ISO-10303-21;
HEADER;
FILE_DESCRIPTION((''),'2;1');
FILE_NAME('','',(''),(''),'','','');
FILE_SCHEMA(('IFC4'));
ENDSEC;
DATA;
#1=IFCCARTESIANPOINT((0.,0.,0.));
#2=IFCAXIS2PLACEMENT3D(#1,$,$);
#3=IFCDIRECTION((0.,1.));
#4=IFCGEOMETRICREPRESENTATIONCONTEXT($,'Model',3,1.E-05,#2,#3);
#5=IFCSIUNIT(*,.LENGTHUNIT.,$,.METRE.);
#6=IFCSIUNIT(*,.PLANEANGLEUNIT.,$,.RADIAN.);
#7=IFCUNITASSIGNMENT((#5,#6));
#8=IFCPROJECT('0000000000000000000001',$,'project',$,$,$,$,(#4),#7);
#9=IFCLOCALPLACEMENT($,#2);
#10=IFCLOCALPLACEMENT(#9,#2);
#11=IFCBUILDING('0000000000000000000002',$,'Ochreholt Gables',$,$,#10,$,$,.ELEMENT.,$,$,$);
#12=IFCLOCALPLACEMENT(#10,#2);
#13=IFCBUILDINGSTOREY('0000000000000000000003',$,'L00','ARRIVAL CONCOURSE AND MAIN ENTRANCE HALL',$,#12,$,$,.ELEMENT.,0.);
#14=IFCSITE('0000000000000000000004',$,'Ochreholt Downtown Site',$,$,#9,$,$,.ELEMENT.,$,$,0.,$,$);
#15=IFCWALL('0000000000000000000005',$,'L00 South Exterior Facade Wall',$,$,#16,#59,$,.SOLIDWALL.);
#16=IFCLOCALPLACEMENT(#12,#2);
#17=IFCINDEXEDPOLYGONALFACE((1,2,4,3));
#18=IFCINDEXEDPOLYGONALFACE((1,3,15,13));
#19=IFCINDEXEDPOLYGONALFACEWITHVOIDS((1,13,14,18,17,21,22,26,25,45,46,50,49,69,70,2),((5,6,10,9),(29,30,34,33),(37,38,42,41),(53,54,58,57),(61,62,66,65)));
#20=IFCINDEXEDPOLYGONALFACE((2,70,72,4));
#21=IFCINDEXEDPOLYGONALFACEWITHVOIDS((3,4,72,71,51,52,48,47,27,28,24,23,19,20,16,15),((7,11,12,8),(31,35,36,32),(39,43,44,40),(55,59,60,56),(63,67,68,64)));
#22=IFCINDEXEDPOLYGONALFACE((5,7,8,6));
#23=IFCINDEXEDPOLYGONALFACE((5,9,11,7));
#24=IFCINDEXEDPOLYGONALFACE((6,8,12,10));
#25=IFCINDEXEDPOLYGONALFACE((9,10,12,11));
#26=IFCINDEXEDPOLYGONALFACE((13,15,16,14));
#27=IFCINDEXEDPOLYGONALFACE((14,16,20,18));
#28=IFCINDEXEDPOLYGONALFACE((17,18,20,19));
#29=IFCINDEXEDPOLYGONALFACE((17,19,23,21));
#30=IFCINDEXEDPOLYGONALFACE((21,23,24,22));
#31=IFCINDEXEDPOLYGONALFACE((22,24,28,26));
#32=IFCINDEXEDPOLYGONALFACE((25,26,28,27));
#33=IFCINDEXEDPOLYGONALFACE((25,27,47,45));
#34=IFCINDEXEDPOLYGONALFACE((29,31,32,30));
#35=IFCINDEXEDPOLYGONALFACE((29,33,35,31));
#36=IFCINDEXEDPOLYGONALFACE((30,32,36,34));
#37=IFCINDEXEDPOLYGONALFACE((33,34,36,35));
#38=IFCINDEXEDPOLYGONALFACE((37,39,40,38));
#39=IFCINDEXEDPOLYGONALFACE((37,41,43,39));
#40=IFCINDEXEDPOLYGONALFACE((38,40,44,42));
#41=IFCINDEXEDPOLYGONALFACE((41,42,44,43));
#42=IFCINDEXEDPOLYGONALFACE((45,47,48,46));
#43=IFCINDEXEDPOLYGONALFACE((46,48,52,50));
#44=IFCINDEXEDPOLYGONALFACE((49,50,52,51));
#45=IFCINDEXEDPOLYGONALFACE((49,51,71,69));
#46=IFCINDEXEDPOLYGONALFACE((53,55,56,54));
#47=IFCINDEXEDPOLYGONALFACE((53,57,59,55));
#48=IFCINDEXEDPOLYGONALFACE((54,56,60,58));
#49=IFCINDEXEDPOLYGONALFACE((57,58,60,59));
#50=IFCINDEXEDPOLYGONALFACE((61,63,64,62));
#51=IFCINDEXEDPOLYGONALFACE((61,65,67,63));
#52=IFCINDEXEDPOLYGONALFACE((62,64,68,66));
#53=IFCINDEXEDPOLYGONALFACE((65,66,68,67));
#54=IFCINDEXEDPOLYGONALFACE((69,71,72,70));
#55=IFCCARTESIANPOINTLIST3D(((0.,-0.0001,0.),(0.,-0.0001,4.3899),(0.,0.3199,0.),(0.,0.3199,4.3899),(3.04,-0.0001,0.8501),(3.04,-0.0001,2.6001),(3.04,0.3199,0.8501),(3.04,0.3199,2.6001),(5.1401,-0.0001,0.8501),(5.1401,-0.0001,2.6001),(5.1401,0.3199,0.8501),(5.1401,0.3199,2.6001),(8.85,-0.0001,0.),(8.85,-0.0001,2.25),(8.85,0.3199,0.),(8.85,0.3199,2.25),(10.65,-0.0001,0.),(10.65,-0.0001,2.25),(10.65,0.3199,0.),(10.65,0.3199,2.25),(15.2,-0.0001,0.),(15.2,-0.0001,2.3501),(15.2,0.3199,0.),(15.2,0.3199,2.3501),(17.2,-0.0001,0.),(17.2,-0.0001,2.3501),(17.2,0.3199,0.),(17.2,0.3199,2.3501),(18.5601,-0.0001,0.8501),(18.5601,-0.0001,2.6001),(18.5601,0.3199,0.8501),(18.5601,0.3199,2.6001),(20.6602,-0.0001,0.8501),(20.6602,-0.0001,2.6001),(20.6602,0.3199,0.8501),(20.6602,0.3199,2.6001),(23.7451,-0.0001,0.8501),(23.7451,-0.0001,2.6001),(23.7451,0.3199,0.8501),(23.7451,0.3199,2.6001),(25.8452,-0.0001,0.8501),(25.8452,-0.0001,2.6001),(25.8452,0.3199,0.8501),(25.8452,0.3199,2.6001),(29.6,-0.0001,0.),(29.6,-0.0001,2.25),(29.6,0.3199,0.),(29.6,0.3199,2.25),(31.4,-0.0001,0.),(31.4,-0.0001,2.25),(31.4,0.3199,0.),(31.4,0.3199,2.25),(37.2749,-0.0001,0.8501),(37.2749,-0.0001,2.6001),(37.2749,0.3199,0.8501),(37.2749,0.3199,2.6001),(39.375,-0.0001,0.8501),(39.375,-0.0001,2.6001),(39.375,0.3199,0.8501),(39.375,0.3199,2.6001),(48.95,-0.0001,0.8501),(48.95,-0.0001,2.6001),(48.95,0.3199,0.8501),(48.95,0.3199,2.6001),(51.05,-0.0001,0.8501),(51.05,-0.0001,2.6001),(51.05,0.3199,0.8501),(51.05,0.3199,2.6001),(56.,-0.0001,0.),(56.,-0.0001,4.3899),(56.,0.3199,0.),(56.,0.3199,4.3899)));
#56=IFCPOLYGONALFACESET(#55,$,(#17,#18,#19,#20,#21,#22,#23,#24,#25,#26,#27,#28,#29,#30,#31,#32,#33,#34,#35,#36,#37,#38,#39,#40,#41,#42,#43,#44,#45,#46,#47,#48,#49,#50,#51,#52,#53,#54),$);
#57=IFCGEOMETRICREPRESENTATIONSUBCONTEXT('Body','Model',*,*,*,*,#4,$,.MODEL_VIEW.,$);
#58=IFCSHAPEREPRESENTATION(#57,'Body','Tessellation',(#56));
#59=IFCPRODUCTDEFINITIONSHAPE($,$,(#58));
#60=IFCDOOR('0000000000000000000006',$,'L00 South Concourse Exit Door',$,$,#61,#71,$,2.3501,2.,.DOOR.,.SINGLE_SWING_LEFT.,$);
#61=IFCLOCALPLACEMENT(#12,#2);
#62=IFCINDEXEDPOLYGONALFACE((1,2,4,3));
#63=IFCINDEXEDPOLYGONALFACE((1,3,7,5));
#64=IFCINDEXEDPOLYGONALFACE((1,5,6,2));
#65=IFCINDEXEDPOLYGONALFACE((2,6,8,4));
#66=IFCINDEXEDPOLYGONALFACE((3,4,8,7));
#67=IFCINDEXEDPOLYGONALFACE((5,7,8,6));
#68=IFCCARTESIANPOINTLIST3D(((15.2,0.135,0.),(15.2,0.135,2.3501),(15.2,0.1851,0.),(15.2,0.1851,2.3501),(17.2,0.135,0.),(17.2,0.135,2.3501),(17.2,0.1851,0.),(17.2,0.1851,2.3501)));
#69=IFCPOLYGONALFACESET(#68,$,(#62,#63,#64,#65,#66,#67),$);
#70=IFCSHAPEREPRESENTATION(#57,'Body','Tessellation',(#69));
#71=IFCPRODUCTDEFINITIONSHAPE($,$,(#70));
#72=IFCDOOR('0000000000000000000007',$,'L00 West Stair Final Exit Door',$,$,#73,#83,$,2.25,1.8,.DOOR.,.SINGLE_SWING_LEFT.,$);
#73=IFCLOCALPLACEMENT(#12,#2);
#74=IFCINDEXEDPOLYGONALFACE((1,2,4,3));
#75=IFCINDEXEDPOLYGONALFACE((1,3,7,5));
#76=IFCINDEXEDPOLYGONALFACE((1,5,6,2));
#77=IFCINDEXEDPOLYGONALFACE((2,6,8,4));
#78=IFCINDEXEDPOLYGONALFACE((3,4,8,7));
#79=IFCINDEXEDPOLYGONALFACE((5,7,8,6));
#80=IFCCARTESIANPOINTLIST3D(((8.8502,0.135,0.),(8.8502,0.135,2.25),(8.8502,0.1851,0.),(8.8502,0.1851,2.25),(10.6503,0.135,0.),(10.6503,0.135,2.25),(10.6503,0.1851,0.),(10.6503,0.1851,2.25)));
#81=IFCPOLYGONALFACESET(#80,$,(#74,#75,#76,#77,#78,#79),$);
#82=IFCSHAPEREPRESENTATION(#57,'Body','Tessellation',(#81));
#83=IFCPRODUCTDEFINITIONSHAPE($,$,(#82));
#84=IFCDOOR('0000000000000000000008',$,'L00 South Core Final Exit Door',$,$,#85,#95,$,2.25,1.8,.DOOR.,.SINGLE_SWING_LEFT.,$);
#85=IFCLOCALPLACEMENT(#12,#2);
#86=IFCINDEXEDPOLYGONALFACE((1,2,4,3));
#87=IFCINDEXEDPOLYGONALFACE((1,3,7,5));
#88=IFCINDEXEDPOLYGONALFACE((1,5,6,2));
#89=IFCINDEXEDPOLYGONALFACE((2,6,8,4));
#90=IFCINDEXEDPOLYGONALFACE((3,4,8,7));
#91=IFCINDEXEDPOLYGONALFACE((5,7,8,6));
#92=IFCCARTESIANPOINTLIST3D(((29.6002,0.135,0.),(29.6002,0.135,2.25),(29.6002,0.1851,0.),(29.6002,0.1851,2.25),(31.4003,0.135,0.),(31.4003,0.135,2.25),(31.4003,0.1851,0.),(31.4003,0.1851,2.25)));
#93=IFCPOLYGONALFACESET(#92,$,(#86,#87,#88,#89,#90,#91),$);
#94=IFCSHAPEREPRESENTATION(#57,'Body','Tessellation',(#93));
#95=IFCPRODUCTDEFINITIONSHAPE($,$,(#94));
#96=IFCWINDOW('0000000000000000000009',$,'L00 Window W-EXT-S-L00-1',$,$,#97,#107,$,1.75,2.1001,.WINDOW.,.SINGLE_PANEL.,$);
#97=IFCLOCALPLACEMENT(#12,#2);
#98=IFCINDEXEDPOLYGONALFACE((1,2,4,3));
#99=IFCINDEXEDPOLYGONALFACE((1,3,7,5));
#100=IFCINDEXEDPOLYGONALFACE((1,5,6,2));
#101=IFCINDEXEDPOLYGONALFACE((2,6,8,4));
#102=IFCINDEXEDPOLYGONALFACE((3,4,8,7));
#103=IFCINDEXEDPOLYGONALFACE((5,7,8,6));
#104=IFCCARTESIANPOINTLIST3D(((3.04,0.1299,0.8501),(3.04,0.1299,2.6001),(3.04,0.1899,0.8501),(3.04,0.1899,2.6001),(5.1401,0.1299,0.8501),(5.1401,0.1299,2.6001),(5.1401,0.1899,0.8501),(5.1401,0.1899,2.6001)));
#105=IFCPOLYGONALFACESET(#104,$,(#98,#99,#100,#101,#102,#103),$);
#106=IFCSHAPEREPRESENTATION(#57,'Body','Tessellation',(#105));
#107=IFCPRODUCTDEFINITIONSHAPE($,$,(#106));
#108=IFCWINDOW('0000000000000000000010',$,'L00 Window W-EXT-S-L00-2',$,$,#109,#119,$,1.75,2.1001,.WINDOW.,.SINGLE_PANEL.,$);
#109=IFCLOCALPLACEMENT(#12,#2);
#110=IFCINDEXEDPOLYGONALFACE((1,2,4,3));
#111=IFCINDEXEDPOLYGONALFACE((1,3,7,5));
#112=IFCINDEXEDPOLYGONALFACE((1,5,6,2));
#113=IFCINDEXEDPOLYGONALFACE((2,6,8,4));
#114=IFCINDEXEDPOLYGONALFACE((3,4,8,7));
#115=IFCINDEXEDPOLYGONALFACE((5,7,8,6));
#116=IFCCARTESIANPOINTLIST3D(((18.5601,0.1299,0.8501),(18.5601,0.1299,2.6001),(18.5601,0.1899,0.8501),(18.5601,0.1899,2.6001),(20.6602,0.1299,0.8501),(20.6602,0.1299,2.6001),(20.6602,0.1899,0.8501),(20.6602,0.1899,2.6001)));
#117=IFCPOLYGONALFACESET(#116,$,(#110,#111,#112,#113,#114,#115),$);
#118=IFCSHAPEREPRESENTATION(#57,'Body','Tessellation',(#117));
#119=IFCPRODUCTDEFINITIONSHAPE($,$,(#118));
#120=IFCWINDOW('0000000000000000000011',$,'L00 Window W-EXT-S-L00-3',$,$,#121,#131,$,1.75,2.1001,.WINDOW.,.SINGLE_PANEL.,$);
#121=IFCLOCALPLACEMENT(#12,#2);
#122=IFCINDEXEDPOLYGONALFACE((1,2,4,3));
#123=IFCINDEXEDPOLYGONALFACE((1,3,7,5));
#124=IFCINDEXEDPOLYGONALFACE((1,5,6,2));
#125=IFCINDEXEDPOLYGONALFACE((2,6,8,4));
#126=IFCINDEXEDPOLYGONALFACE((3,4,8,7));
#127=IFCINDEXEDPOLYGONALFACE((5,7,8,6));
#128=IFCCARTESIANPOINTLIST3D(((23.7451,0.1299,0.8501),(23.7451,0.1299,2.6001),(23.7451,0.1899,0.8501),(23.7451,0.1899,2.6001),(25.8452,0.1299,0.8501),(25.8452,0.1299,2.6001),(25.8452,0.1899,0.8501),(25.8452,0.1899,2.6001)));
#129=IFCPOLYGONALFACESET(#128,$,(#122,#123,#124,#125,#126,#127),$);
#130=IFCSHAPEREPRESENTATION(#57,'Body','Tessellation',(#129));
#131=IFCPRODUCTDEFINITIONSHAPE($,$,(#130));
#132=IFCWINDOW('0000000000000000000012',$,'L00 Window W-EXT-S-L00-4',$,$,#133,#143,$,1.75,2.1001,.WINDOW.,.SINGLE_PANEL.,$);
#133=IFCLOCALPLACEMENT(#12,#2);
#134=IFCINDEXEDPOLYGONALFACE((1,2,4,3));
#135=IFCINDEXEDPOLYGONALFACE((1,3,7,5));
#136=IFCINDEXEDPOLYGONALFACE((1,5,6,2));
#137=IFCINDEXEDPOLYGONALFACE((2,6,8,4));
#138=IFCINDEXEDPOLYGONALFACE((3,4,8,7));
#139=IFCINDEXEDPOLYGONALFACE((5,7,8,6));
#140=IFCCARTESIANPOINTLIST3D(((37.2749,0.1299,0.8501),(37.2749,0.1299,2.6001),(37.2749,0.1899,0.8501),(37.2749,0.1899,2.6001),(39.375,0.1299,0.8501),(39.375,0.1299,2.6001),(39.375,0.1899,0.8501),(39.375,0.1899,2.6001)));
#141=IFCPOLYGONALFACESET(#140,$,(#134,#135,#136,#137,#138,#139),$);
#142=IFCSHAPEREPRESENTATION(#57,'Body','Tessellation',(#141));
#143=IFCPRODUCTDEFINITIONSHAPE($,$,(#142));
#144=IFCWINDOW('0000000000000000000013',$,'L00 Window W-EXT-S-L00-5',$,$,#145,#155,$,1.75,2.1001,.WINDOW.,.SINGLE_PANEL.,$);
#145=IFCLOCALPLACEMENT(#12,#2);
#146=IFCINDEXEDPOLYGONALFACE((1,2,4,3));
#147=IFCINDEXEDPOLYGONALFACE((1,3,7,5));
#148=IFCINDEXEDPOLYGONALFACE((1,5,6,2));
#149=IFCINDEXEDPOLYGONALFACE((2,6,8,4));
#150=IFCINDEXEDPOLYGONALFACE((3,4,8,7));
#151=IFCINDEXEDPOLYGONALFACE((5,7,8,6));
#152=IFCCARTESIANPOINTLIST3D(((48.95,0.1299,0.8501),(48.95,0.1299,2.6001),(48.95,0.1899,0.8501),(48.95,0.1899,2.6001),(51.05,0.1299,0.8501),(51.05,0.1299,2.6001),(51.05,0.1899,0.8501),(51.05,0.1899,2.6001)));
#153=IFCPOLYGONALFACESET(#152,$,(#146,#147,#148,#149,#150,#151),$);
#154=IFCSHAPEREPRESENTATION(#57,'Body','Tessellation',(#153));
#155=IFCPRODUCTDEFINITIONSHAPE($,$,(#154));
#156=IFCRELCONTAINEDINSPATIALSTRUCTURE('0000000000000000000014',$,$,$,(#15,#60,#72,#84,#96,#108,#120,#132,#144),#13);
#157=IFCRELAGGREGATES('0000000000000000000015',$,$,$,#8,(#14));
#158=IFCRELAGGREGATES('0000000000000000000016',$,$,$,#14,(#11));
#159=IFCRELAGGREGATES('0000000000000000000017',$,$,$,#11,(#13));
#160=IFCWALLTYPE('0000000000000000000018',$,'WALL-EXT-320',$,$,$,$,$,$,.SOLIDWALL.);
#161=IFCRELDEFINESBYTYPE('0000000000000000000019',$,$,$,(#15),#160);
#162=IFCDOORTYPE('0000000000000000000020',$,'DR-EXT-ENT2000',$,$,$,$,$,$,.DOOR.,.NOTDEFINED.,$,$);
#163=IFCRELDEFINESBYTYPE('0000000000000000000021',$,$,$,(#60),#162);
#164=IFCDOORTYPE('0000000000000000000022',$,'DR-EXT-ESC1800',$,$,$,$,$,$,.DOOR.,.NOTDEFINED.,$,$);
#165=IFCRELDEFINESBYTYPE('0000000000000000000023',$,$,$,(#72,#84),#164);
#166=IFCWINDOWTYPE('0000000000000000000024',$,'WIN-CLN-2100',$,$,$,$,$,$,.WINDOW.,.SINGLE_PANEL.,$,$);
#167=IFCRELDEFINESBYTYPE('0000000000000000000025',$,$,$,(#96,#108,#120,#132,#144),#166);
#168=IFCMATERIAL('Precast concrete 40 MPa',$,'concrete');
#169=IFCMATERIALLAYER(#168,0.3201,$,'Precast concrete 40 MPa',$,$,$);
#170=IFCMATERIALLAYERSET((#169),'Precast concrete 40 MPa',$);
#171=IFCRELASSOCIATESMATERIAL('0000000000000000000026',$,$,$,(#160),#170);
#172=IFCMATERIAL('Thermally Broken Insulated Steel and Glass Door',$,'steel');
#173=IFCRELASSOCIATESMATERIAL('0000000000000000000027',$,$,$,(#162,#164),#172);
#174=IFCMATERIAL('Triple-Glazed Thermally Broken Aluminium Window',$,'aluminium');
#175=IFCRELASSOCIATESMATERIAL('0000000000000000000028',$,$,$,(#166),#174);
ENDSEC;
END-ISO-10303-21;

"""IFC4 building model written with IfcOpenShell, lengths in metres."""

from ifc_helpers import new_model, si_unit, direction, frame, frame_2d, origin, place, context, subcontext, project, spatial, rectangle, extrude, material, layer, layer_set, type_object, element, fill, save


model = new_model("IFC4")

# Units and contexts
model_context = context("Model", 3, precision=1e-05, world=origin(), true_north=direction((0.0, 1.0)))
body_context = subcontext(model_context, "Body", "Model", "MODEL_VIEW")
ifc_project = project(units=[si_unit("LENGTHUNIT", "METRE"), si_unit("PLANEANGLEUNIT", "RADIAN")], contexts=[model_context])

# Site, building, storey
site_placement = place(None, origin())
site = spatial("IfcSite", under=ifc_project, at=site_placement, Name="Ochreholt Downtown Site", CompositionType="ELEMENT", RefElevation=0.0)
building_placement = place(site_placement, origin())
building = spatial("IfcBuilding", under=site, at=building_placement, Name="Ochreholt Gables", CompositionType="ELEMENT")
storey_placement = place(building_placement, origin())
storey = spatial("IfcBuildingStorey", under=building, at=storey_placement, Name="L00", Description="ARRIVAL CONCOURSE AND MAIN ENTRANCE HALL", CompositionType="ELEMENT", Elevation=0.0)

# Wall, openings, doors, windows
ifc_material_1 = material(Name="Precast concrete 40 MPa", Category="concrete")
ifc_layer_1 = layer(ifc_material_1, 0.3201, Name="Precast concrete 40 MPa")
ifc_layer_set_1 = layer_set([ifc_layer_1], Name="Precast concrete 40 MPa")
wall_type = type_object("IfcWallType", Name="WALL-EXT-320", PredefinedType="SOLIDWALL", material=ifc_layer_set_1)
wall_1_placement = place(storey_placement, frame((0.0, 0.1599, 0.0), z_axis=(0.0, 0.0, 1.0), x_axis=(1.0, 0.0, 0.0)))
wall_1 = element("IfcWall", 1, at=wall_1_placement, inside=storey, type_object=wall_type, Name="L00 South Exterior Facade Wall", PredefinedType="SOLIDWALL", context=body_context, shape_type="SweptSolid", body=[
    extrude(rectangle(XDim=56.0, YDim=0.3201, at=frame_2d((28.0, 0.0))), origin(), (0.0, 0.0, 1.0), 4.3899),
])
opening_1_placement = place(wall_1_placement, frame((8.8501, 0.0, 0.0)))
opening_1 = element("IfcOpeningElement", 2, at=opening_1_placement, cuts=wall_1, PredefinedType="OPENING", context=body_context, shape_type="SweptSolid", body=[
    extrude(rectangle(XDim=1.8, YDim=2.25, at=frame_2d((0.8999, 1.125))), frame((0.0, 0.1699, 0.0), z_axis=(0.0, -1.0, 0.0), x_axis=(1.0, 0.0, 0.0)), (0.0, 0.0, 1.0), 0.3401),
])
opening_2_placement = place(wall_1_placement, frame((15.2, 0.0, 0.0)))
opening_2 = element("IfcOpeningElement", 3, at=opening_2_placement, cuts=wall_1, PredefinedType="OPENING", context=body_context, shape_type="SweptSolid", body=[
    extrude(rectangle(XDim=2.0, YDim=2.3501, at=frame_2d((1.0, 1.175))), frame((0.0, 0.1699, 0.0), z_axis=(0.0, -1.0, 0.0), x_axis=(1.0, 0.0, 0.0)), (0.0, 0.0, 1.0), 0.3401),
])
opening_3_placement = place(wall_1_placement, frame((29.6001, 0.0, 0.0)))
opening_3 = element("IfcOpeningElement", 4, at=opening_3_placement, cuts=wall_1, PredefinedType="OPENING", context=body_context, shape_type="SweptSolid", body=[
    extrude(rectangle(XDim=1.8, YDim=2.25, at=frame_2d((0.8999, 1.125))), frame((0.0, 0.1699, 0.0), z_axis=(0.0, -1.0, 0.0), x_axis=(1.0, 0.0, 0.0)), (0.0, 0.0, 1.0), 0.3401),
])
opening_4_placement = place(wall_1_placement, frame((3.04, 0.0, 0.8501)))
opening_4 = element("IfcOpeningElement", 5, at=opening_4_placement, cuts=wall_1, PredefinedType="OPENING", context=body_context, shape_type="SweptSolid", body=[
    extrude(rectangle(XDim=2.1001, YDim=1.75, at=frame_2d((1.05, 0.875))), frame((0.0, 0.1699, 0.0), z_axis=(0.0, -1.0, 0.0), x_axis=(1.0, 0.0, 0.0)), (0.0, 0.0, 1.0), 0.3401),
])
opening_5_placement = place(wall_1_placement, frame((18.5601, 0.0, 0.8501)))
opening_5 = element("IfcOpeningElement", 6, at=opening_5_placement, cuts=wall_1, PredefinedType="OPENING", context=body_context, shape_type="SweptSolid", body=[
    extrude(rectangle(XDim=2.1001, YDim=1.75, at=frame_2d((1.05, 0.875))), frame((0.0, 0.1699, 0.0), z_axis=(0.0, -1.0, 0.0), x_axis=(1.0, 0.0, 0.0)), (0.0, 0.0, 1.0), 0.3401),
])
opening_6_placement = place(wall_1_placement, frame((23.7451, 0.0, 0.8501)))
opening_6 = element("IfcOpeningElement", 7, at=opening_6_placement, cuts=wall_1, PredefinedType="OPENING", context=body_context, shape_type="SweptSolid", body=[
    extrude(rectangle(XDim=2.1001, YDim=1.75, at=frame_2d((1.05, 0.875))), frame((0.0, 0.1699, 0.0), z_axis=(0.0, -1.0, 0.0), x_axis=(1.0, 0.0, 0.0)), (0.0, 0.0, 1.0), 0.3401),
])
opening_7_placement = place(wall_1_placement, frame((37.2749, 0.0, 0.8501)))
opening_7 = element("IfcOpeningElement", 8, at=opening_7_placement, cuts=wall_1, PredefinedType="OPENING", context=body_context, shape_type="SweptSolid", body=[
    extrude(rectangle(XDim=2.1001, YDim=1.75, at=frame_2d((1.05, 0.875))), frame((0.0, 0.1699, 0.0), z_axis=(0.0, -1.0, 0.0), x_axis=(1.0, 0.0, 0.0)), (0.0, 0.0, 1.0), 0.3401),
])
opening_8_placement = place(wall_1_placement, frame((48.95, 0.0, 0.8501)))
opening_8 = element("IfcOpeningElement", 9, at=opening_8_placement, cuts=wall_1, PredefinedType="OPENING", context=body_context, shape_type="SweptSolid", body=[
    extrude(rectangle(XDim=2.1001, YDim=1.75, at=frame_2d((1.05, 0.875))), frame((0.0, 0.1699, 0.0), z_axis=(0.0, -1.0, 0.0), x_axis=(1.0, 0.0, 0.0)), (0.0, 0.0, 1.0), 0.3401),
])
ifc_material_2 = material(Name="Thermally Broken Insulated Steel and Glass Door", Category="steel")
door_type_1 = type_object("IfcDoorType", Name="DR-EXT-ENT2000", OperationType="NOTDEFINED", PredefinedType="DOOR", material=ifc_material_2)
door_1_placement = place(opening_2_placement, frame((2.0, 0.0, 0.0), z_axis=(0.0, 0.0, 1.0), x_axis=(-1.0, 0.0, 0.0)))
door_1 = element("IfcDoor", 10, at=door_1_placement, inside=storey, type_object=door_type_1, Name="L00 South Concourse Exit Door", OperationType="SINGLE_SWING_LEFT", OverallHeight=2.3501, OverallWidth=2.0, PredefinedType="DOOR", context=body_context, shape_type="SweptSolid", body=[
    extrude(rectangle(XDim=2.0, YDim=2.3501, at=frame_2d((1.0, 1.175))), frame((0.0, 0.0249, 0.0), z_axis=(0.0, -1.0, 0.0), x_axis=(1.0, 0.0, 0.0)), (0.0, 0.0, 1.0), 0.05),
])
fill(opening_2, door_1)
door_type_2 = type_object("IfcDoorType", Name="DR-EXT-ESC1800", OperationType="NOTDEFINED", PredefinedType="DOOR", material=ifc_material_2)
door_2_placement = place(opening_1_placement, frame((1.8, 0.0, 0.0), z_axis=(0.0, 0.0, 1.0), x_axis=(-1.0, 0.0, 0.0)))
door_2 = element("IfcDoor", 11, at=door_2_placement, inside=storey, type_object=door_type_2, Name="L00 West Stair Final Exit Door", OperationType="SINGLE_SWING_LEFT", OverallHeight=2.25, OverallWidth=1.8, PredefinedType="DOOR", context=body_context, shape_type="SweptSolid", body=[
    extrude(rectangle(XDim=1.8, YDim=2.25, at=frame_2d((0.8999, 1.125))), frame((0.0, 0.0249, 0.0), z_axis=(0.0, -1.0, 0.0), x_axis=(1.0, 0.0, 0.0)), (0.0, 0.0, 1.0), 0.05),
])
fill(opening_1, door_2)
door_3_placement = place(opening_3_placement, frame((1.8, 0.0, 0.0), z_axis=(0.0, 0.0, 1.0), x_axis=(-1.0, 0.0, 0.0)))
door_3 = element("IfcDoor", 12, at=door_3_placement, inside=storey, type_object=door_type_2, Name="L00 South Core Final Exit Door", OperationType="SINGLE_SWING_LEFT", OverallHeight=2.25, OverallWidth=1.8, PredefinedType="DOOR", context=body_context, shape_type="SweptSolid", body=[
    extrude(rectangle(XDim=1.8, YDim=2.25, at=frame_2d((0.8999, 1.125))), frame((0.0, 0.0249, 0.0), z_axis=(0.0, -1.0, 0.0), x_axis=(1.0, 0.0, 0.0)), (0.0, 0.0, 1.0), 0.05),
])
fill(opening_3, door_3)
ifc_material_3 = material(Name="Triple-Glazed Thermally Broken Aluminium Window", Category="aluminium")
window_type_1 = type_object("IfcWindowType", Name="WIN-CLN-2100", PartitioningType="SINGLE_PANEL", PredefinedType="WINDOW", material=ifc_material_3)
window_1_placement = place(opening_4_placement, origin())
window_1 = element("IfcWindow", 13, at=window_1_placement, inside=storey, type_object=window_type_1, Name="L00 Window W-EXT-S-L00-1", OverallHeight=1.75, OverallWidth=2.1001, PartitioningType="SINGLE_PANEL", PredefinedType="WINDOW", context=body_context, shape_type="SweptSolid", body=[
    extrude(rectangle(XDim=2.1001, YDim=1.75, at=frame_2d((1.05, 0.875))), frame((0.0, 0.03, 0.0), z_axis=(0.0, -1.0, 0.0), x_axis=(1.0, 0.0, 0.0)), (0.0, 0.0, 1.0), 0.0601),
])
fill(opening_4, window_1)
window_2_placement = place(opening_5_placement, origin())
window_2 = element("IfcWindow", 14, at=window_2_placement, inside=storey, type_object=window_type_1, Name="L00 Window W-EXT-S-L00-2", OverallHeight=1.75, OverallWidth=2.1001, PartitioningType="SINGLE_PANEL", PredefinedType="WINDOW", context=body_context, shape_type="SweptSolid", body=[
    extrude(rectangle(XDim=2.1001, YDim=1.75, at=frame_2d((1.05, 0.875))), frame((0.0, 0.03, 0.0), z_axis=(0.0, -1.0, 0.0), x_axis=(1.0, 0.0, 0.0)), (0.0, 0.0, 1.0), 0.0601),
])
fill(opening_5, window_2)
window_3_placement = place(opening_6_placement, origin())
window_3 = element("IfcWindow", 15, at=window_3_placement, inside=storey, type_object=window_type_1, Name="L00 Window W-EXT-S-L00-3", OverallHeight=1.75, OverallWidth=2.1001, PartitioningType="SINGLE_PANEL", PredefinedType="WINDOW", context=body_context, shape_type="SweptSolid", body=[
    extrude(rectangle(XDim=2.1001, YDim=1.75, at=frame_2d((1.05, 0.875))), frame((0.0, 0.03, 0.0), z_axis=(0.0, -1.0, 0.0), x_axis=(1.0, 0.0, 0.0)), (0.0, 0.0, 1.0), 0.0601),
])
fill(opening_6, window_3)
window_4_placement = place(opening_7_placement, origin())
window_4 = element("IfcWindow", 16, at=window_4_placement, inside=storey, type_object=window_type_1, Name="L00 Window W-EXT-S-L00-4", OverallHeight=1.75, OverallWidth=2.1001, PartitioningType="SINGLE_PANEL", PredefinedType="WINDOW", context=body_context, shape_type="SweptSolid", body=[
    extrude(rectangle(XDim=2.1001, YDim=1.75, at=frame_2d((1.05, 0.875))), frame((0.0, 0.03, 0.0), z_axis=(0.0, -1.0, 0.0), x_axis=(1.0, 0.0, 0.0)), (0.0, 0.0, 1.0), 0.0601),
])
fill(opening_7, window_4)
window_5_placement = place(opening_8_placement, origin())
window_5 = element("IfcWindow", 17, at=window_5_placement, inside=storey, type_object=window_type_1, Name="L00 Window W-EXT-S-L00-5", OverallHeight=1.75, OverallWidth=2.1001, PartitioningType="SINGLE_PANEL", PredefinedType="WINDOW", context=body_context, shape_type="SweptSolid", body=[
    extrude(rectangle(XDim=2.1001, YDim=1.75, at=frame_2d((1.05, 0.875))), frame((0.0, 0.03, 0.0), z_axis=(0.0, -1.0, 0.0), x_axis=(1.0, 0.0, 0.0)), (0.0, 0.0, 1.0), 0.0601),
])
fill(opening_8, window_5)

save(model, "model.ifc")
